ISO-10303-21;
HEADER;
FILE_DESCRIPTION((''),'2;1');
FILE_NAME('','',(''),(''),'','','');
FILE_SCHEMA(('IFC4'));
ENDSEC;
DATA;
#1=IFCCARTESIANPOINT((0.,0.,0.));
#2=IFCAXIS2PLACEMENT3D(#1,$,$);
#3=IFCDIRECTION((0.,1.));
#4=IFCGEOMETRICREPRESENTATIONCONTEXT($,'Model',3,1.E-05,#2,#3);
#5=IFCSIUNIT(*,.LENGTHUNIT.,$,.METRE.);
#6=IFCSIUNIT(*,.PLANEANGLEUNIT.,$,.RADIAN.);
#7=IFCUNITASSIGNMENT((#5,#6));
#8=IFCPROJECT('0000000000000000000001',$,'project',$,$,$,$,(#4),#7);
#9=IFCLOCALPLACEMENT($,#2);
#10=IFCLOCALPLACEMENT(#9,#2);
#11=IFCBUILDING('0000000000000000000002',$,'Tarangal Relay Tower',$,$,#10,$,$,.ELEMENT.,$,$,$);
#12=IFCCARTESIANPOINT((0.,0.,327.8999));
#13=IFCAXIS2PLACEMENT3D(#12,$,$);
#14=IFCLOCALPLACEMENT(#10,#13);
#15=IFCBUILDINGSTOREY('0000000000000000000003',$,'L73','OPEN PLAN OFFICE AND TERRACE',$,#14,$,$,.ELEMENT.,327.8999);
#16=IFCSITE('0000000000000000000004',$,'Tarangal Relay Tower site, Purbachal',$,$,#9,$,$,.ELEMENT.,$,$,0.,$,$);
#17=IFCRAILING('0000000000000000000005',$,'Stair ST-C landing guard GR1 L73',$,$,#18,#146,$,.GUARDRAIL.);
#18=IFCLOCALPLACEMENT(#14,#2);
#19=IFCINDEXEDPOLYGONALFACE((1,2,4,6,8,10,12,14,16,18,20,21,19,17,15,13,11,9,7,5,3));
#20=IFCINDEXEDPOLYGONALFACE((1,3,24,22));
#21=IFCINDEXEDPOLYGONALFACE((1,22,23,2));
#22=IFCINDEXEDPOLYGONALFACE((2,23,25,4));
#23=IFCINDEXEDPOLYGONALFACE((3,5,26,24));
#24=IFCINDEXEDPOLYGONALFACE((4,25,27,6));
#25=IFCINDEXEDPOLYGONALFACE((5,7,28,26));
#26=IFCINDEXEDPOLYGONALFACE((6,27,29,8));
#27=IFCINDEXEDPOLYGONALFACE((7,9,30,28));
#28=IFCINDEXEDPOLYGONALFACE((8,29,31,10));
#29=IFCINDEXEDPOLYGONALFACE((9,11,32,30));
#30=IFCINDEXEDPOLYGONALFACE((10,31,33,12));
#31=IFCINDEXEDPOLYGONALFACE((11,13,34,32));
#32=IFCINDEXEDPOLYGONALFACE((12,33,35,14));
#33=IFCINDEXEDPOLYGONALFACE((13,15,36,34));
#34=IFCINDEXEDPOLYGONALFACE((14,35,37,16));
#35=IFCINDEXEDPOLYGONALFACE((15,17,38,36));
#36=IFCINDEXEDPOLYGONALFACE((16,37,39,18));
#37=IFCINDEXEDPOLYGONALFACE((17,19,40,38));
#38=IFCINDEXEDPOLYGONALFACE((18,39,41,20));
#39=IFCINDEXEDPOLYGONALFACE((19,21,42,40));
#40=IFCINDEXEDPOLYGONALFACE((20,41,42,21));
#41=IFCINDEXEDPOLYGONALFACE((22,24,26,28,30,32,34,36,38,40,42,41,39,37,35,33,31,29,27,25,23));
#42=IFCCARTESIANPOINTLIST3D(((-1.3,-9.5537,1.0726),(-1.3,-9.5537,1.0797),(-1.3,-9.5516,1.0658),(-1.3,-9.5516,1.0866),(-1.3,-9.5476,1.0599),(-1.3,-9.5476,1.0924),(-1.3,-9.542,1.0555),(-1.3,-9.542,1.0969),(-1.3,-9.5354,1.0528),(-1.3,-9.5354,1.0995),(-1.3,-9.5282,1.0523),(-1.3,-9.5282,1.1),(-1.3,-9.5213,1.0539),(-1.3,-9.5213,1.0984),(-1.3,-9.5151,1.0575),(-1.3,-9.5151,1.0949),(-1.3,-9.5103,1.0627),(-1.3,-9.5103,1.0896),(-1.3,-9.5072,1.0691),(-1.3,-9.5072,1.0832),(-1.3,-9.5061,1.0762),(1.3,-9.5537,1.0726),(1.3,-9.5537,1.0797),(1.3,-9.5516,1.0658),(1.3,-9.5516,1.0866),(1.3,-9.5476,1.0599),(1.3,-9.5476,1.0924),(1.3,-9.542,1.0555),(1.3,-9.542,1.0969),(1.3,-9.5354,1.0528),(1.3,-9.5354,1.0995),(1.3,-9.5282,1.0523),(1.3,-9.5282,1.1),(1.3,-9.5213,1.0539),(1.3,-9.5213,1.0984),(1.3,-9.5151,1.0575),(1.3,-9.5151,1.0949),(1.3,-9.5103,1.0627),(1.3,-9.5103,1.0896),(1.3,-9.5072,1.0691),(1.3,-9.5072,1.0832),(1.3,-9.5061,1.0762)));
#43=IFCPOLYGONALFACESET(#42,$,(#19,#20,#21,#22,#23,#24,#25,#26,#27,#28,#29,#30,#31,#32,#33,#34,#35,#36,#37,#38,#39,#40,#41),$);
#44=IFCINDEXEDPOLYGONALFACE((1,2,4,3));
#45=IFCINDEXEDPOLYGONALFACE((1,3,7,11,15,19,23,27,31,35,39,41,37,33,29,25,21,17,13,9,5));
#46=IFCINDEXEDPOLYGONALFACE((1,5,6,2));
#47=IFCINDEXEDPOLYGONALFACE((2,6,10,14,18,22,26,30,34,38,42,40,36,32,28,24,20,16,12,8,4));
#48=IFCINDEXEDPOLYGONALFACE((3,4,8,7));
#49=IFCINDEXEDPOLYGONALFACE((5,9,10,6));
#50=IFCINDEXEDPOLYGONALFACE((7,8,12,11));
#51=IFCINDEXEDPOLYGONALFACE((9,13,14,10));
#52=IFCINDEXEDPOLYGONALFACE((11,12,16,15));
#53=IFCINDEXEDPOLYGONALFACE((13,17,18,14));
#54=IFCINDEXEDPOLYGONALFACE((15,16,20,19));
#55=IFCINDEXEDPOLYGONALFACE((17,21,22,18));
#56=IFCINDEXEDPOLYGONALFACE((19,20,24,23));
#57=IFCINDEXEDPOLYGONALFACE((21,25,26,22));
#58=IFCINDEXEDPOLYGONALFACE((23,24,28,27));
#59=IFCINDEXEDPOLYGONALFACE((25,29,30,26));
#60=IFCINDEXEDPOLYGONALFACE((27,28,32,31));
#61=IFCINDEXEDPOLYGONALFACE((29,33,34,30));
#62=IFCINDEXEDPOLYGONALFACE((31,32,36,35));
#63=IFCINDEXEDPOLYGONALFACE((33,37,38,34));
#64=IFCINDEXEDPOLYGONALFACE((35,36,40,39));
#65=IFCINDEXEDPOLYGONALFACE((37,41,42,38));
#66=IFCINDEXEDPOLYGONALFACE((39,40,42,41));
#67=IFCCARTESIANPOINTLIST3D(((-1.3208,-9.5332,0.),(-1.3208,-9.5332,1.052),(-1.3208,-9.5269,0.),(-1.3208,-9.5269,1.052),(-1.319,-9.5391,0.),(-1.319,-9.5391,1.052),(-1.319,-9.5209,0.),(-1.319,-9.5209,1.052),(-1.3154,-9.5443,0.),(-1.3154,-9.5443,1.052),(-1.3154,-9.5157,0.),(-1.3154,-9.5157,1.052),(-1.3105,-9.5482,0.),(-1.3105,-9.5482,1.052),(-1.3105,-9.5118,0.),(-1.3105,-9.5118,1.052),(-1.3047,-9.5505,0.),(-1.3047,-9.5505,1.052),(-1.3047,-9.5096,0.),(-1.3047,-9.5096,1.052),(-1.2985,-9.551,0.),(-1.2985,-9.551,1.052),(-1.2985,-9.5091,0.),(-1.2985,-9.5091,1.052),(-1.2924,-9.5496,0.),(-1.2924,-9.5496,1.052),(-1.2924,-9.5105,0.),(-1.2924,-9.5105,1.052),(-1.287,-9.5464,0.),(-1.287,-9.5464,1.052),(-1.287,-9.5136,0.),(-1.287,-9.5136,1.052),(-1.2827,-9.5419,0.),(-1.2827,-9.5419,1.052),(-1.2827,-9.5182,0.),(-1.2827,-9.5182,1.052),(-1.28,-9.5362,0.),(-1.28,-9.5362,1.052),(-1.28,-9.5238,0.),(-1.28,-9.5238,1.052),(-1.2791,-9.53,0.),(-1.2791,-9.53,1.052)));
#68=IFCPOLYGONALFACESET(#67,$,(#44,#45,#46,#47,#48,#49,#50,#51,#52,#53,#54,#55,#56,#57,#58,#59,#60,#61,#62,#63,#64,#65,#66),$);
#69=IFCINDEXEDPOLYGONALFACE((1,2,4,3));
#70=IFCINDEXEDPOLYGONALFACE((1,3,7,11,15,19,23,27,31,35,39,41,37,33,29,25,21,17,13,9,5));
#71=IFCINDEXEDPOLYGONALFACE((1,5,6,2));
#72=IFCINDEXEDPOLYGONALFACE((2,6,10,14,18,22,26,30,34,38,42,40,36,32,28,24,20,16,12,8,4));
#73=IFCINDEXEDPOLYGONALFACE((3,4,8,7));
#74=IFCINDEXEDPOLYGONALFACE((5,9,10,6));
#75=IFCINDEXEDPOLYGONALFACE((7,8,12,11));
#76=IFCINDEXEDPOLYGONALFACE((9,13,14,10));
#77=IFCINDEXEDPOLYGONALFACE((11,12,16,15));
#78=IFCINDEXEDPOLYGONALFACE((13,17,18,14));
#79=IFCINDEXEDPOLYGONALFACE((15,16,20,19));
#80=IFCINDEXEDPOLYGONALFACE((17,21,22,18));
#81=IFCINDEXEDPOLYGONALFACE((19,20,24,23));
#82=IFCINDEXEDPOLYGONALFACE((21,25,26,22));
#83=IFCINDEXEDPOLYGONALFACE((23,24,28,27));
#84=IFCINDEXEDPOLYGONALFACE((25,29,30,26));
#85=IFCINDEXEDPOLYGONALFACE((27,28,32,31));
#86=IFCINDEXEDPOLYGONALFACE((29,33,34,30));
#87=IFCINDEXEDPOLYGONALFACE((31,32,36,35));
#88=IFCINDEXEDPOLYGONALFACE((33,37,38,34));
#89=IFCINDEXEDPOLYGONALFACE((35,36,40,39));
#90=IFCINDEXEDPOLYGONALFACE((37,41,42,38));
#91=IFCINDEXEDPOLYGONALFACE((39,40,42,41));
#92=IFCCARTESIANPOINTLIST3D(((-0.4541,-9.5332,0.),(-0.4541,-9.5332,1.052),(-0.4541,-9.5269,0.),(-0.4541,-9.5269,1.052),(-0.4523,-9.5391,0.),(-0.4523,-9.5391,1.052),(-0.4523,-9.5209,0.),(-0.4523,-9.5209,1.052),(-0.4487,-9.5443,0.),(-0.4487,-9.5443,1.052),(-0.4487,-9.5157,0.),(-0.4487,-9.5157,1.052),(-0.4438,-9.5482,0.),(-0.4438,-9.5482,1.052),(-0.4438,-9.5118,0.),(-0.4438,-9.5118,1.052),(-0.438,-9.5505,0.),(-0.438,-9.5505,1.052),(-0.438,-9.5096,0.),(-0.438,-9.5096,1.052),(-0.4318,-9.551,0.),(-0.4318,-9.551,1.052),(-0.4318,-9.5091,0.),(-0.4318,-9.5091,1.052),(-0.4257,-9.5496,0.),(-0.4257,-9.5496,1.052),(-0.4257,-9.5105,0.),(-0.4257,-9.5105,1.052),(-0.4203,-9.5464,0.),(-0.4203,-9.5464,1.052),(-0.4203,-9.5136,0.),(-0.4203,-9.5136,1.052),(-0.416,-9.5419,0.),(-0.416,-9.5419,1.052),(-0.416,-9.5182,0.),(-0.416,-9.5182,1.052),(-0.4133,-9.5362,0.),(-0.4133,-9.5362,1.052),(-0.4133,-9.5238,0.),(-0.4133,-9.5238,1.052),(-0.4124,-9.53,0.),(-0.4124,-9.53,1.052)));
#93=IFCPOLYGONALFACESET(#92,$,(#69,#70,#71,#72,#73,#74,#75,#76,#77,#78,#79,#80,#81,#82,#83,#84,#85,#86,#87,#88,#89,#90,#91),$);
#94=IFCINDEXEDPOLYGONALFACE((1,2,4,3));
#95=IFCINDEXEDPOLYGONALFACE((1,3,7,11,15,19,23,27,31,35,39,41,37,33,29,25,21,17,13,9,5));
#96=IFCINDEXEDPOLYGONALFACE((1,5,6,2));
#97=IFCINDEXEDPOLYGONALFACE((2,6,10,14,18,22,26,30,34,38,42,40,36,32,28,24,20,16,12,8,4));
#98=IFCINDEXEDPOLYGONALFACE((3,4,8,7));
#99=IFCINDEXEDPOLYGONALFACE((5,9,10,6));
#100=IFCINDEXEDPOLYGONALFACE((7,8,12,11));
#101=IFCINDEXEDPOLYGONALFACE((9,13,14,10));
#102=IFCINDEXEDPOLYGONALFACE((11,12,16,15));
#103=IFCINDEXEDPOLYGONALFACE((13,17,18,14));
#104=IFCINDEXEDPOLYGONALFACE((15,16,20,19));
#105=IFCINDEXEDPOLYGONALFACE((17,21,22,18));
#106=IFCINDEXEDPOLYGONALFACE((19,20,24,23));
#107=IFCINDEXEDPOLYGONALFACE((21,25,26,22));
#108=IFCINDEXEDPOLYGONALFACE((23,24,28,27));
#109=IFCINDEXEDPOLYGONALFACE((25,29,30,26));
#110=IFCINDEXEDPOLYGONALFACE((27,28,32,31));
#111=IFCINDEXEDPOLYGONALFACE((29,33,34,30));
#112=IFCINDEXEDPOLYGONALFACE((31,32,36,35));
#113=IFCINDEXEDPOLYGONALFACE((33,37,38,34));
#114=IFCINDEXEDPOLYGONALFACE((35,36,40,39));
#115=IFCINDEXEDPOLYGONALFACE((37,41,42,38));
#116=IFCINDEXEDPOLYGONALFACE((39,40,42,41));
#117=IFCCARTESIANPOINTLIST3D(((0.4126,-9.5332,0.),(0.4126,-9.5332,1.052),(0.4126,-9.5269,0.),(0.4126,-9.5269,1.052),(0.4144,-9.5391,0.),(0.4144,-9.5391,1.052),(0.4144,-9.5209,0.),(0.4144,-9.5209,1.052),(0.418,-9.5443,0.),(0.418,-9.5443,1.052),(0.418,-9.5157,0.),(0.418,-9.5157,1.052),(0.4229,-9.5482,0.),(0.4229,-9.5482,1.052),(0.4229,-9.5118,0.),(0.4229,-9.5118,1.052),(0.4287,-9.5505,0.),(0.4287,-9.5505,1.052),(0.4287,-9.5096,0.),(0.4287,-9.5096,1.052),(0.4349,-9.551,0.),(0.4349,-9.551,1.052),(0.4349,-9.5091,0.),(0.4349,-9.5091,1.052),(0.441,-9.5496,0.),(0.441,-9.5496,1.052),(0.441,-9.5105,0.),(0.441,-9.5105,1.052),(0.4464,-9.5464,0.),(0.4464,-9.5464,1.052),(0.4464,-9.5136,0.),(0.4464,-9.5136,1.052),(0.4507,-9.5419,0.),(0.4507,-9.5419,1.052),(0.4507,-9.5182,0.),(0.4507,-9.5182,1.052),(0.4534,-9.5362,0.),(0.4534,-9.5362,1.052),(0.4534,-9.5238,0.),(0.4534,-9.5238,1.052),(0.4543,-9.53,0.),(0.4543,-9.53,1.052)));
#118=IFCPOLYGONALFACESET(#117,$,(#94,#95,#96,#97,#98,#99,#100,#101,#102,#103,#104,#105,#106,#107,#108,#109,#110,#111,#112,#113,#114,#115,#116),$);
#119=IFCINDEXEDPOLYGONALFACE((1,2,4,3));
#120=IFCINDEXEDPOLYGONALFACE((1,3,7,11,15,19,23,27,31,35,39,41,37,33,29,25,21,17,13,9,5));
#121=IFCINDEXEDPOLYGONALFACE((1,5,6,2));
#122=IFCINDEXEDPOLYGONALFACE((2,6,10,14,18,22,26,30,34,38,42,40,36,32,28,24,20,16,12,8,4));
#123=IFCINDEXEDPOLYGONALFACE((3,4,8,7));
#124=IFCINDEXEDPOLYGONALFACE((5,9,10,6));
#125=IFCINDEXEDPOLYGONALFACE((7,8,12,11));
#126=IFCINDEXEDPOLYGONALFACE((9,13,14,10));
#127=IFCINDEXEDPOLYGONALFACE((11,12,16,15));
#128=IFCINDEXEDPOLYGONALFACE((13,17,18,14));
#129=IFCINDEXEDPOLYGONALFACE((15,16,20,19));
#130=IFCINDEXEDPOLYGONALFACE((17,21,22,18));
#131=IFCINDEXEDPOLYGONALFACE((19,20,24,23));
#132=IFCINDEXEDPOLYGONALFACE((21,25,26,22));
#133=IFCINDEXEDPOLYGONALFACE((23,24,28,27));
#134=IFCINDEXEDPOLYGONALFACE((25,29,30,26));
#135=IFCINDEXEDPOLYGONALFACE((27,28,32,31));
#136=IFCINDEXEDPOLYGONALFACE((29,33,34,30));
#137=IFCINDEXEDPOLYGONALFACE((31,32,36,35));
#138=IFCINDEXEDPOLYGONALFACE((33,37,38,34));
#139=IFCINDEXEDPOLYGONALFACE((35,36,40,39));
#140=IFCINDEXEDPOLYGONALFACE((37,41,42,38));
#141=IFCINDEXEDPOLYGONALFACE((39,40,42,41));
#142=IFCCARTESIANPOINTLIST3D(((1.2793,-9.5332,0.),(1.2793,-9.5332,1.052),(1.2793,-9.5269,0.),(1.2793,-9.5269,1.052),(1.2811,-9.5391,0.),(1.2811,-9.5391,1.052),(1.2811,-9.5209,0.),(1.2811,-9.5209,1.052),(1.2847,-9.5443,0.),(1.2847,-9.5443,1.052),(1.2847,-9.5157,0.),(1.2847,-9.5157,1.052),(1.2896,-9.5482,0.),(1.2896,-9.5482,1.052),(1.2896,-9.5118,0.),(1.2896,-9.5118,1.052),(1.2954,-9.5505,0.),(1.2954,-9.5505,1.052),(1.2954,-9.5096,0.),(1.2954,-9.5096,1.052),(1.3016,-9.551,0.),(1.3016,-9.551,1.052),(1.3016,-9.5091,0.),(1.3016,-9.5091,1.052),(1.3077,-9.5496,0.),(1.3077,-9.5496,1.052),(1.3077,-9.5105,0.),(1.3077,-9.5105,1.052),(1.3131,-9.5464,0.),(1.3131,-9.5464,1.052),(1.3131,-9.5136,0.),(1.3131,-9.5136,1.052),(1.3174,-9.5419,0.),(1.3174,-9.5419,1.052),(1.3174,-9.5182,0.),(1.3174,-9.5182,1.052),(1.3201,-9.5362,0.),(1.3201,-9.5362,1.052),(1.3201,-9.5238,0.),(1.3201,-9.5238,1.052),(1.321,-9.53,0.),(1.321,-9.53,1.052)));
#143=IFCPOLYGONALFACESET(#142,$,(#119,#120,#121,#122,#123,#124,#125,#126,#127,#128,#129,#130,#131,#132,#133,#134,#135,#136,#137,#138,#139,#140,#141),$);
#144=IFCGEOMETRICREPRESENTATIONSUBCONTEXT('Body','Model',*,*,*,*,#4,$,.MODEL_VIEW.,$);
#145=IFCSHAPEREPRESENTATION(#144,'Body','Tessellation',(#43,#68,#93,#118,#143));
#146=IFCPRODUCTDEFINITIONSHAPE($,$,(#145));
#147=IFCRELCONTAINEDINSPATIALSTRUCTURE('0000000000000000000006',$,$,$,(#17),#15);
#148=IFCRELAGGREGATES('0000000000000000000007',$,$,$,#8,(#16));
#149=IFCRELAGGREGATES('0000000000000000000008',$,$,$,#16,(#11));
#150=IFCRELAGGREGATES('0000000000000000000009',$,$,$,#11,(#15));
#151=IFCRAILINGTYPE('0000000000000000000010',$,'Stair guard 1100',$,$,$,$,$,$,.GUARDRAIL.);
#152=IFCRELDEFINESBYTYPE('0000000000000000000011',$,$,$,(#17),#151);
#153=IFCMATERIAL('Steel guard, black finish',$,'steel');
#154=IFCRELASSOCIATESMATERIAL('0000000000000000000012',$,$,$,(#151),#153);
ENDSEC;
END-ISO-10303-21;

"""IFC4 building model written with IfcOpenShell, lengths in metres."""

from ifc_helpers import new_model, si_unit, direction, frame, origin, origin_2d, place, context, subcontext, project, spatial, circle, extrude, material, type_object, element, save


model = new_model("IFC4")

# Units and contexts
model_context = context("Model", 3, precision=1e-05, world=origin(), true_north=direction((0.0, 1.0)))
body_context = subcontext(model_context, "Body", "Model", "MODEL_VIEW")
ifc_project = project(units=[si_unit("LENGTHUNIT", "METRE"), si_unit("PLANEANGLEUNIT", "RADIAN")], contexts=[model_context])

# Site, building, storey
site_placement = place(None, origin())
site = spatial("IfcSite", under=ifc_project, at=site_placement, Name="Tarangal Relay Tower site, Purbachal", CompositionType="ELEMENT", RefElevation=0.0)
building_placement = place(site_placement, origin())
building = spatial("IfcBuilding", under=site, at=building_placement, Name="Tarangal Relay Tower", CompositionType="ELEMENT")
storey_placement = place(building_placement, frame((0.0, 0.0, 327.8999)))
storey = spatial("IfcBuildingStorey", under=building, at=storey_placement, Name="L73", Description="OPEN PLAN OFFICE AND TERRACE", CompositionType="ELEMENT", Elevation=327.8999)

# Railing
ifc_material_1 = material(Name="Steel guard, black finish", Category="steel")
railing_type_1 = type_object("IfcRailingType", Name="Stair guard 1100", PredefinedType="GUARDRAIL", material=ifc_material_1)
for number, where, name in (
    (1, (-1.3, -9.53, 0.0), "Stair ST-C landing guard GR1 L73"),
):
    element("IfcRailing", number, at=place(storey_placement, frame(where)), inside=storey, type_object=railing_type_1, Name=name, PredefinedType="GUARDRAIL", context=body_context, shape_type="SweptSolid", body=[
        extrude(circle(Radius=0.0239, at=origin_2d()), frame((0.0, 0.0, 1.0762), z_axis=(1.0, 0.0, 0.0), x_axis=(0.0, 1.0, 0.0)), (0.0, 0.0, 1.0), 2.6001),
        extrude(circle(Radius=0.021, at=origin_2d()), origin(), (0.0, 0.0, 1.0), 1.052),
        extrude(circle(Radius=0.021, at=origin_2d()), frame((0.8667, 0.0, 0.0)), (0.0, 0.0, 1.0), 1.052),
        extrude(circle(Radius=0.021, at=origin_2d()), frame((1.7334, 0.0, 0.0)), (0.0, 0.0, 1.0), 1.052),
        extrude(circle(Radius=0.021, at=origin_2d()), frame((2.6001, 0.0, 0.0)), (0.0, 0.0, 1.0), 1.052),
    ])

save(model, "model.ifc")
